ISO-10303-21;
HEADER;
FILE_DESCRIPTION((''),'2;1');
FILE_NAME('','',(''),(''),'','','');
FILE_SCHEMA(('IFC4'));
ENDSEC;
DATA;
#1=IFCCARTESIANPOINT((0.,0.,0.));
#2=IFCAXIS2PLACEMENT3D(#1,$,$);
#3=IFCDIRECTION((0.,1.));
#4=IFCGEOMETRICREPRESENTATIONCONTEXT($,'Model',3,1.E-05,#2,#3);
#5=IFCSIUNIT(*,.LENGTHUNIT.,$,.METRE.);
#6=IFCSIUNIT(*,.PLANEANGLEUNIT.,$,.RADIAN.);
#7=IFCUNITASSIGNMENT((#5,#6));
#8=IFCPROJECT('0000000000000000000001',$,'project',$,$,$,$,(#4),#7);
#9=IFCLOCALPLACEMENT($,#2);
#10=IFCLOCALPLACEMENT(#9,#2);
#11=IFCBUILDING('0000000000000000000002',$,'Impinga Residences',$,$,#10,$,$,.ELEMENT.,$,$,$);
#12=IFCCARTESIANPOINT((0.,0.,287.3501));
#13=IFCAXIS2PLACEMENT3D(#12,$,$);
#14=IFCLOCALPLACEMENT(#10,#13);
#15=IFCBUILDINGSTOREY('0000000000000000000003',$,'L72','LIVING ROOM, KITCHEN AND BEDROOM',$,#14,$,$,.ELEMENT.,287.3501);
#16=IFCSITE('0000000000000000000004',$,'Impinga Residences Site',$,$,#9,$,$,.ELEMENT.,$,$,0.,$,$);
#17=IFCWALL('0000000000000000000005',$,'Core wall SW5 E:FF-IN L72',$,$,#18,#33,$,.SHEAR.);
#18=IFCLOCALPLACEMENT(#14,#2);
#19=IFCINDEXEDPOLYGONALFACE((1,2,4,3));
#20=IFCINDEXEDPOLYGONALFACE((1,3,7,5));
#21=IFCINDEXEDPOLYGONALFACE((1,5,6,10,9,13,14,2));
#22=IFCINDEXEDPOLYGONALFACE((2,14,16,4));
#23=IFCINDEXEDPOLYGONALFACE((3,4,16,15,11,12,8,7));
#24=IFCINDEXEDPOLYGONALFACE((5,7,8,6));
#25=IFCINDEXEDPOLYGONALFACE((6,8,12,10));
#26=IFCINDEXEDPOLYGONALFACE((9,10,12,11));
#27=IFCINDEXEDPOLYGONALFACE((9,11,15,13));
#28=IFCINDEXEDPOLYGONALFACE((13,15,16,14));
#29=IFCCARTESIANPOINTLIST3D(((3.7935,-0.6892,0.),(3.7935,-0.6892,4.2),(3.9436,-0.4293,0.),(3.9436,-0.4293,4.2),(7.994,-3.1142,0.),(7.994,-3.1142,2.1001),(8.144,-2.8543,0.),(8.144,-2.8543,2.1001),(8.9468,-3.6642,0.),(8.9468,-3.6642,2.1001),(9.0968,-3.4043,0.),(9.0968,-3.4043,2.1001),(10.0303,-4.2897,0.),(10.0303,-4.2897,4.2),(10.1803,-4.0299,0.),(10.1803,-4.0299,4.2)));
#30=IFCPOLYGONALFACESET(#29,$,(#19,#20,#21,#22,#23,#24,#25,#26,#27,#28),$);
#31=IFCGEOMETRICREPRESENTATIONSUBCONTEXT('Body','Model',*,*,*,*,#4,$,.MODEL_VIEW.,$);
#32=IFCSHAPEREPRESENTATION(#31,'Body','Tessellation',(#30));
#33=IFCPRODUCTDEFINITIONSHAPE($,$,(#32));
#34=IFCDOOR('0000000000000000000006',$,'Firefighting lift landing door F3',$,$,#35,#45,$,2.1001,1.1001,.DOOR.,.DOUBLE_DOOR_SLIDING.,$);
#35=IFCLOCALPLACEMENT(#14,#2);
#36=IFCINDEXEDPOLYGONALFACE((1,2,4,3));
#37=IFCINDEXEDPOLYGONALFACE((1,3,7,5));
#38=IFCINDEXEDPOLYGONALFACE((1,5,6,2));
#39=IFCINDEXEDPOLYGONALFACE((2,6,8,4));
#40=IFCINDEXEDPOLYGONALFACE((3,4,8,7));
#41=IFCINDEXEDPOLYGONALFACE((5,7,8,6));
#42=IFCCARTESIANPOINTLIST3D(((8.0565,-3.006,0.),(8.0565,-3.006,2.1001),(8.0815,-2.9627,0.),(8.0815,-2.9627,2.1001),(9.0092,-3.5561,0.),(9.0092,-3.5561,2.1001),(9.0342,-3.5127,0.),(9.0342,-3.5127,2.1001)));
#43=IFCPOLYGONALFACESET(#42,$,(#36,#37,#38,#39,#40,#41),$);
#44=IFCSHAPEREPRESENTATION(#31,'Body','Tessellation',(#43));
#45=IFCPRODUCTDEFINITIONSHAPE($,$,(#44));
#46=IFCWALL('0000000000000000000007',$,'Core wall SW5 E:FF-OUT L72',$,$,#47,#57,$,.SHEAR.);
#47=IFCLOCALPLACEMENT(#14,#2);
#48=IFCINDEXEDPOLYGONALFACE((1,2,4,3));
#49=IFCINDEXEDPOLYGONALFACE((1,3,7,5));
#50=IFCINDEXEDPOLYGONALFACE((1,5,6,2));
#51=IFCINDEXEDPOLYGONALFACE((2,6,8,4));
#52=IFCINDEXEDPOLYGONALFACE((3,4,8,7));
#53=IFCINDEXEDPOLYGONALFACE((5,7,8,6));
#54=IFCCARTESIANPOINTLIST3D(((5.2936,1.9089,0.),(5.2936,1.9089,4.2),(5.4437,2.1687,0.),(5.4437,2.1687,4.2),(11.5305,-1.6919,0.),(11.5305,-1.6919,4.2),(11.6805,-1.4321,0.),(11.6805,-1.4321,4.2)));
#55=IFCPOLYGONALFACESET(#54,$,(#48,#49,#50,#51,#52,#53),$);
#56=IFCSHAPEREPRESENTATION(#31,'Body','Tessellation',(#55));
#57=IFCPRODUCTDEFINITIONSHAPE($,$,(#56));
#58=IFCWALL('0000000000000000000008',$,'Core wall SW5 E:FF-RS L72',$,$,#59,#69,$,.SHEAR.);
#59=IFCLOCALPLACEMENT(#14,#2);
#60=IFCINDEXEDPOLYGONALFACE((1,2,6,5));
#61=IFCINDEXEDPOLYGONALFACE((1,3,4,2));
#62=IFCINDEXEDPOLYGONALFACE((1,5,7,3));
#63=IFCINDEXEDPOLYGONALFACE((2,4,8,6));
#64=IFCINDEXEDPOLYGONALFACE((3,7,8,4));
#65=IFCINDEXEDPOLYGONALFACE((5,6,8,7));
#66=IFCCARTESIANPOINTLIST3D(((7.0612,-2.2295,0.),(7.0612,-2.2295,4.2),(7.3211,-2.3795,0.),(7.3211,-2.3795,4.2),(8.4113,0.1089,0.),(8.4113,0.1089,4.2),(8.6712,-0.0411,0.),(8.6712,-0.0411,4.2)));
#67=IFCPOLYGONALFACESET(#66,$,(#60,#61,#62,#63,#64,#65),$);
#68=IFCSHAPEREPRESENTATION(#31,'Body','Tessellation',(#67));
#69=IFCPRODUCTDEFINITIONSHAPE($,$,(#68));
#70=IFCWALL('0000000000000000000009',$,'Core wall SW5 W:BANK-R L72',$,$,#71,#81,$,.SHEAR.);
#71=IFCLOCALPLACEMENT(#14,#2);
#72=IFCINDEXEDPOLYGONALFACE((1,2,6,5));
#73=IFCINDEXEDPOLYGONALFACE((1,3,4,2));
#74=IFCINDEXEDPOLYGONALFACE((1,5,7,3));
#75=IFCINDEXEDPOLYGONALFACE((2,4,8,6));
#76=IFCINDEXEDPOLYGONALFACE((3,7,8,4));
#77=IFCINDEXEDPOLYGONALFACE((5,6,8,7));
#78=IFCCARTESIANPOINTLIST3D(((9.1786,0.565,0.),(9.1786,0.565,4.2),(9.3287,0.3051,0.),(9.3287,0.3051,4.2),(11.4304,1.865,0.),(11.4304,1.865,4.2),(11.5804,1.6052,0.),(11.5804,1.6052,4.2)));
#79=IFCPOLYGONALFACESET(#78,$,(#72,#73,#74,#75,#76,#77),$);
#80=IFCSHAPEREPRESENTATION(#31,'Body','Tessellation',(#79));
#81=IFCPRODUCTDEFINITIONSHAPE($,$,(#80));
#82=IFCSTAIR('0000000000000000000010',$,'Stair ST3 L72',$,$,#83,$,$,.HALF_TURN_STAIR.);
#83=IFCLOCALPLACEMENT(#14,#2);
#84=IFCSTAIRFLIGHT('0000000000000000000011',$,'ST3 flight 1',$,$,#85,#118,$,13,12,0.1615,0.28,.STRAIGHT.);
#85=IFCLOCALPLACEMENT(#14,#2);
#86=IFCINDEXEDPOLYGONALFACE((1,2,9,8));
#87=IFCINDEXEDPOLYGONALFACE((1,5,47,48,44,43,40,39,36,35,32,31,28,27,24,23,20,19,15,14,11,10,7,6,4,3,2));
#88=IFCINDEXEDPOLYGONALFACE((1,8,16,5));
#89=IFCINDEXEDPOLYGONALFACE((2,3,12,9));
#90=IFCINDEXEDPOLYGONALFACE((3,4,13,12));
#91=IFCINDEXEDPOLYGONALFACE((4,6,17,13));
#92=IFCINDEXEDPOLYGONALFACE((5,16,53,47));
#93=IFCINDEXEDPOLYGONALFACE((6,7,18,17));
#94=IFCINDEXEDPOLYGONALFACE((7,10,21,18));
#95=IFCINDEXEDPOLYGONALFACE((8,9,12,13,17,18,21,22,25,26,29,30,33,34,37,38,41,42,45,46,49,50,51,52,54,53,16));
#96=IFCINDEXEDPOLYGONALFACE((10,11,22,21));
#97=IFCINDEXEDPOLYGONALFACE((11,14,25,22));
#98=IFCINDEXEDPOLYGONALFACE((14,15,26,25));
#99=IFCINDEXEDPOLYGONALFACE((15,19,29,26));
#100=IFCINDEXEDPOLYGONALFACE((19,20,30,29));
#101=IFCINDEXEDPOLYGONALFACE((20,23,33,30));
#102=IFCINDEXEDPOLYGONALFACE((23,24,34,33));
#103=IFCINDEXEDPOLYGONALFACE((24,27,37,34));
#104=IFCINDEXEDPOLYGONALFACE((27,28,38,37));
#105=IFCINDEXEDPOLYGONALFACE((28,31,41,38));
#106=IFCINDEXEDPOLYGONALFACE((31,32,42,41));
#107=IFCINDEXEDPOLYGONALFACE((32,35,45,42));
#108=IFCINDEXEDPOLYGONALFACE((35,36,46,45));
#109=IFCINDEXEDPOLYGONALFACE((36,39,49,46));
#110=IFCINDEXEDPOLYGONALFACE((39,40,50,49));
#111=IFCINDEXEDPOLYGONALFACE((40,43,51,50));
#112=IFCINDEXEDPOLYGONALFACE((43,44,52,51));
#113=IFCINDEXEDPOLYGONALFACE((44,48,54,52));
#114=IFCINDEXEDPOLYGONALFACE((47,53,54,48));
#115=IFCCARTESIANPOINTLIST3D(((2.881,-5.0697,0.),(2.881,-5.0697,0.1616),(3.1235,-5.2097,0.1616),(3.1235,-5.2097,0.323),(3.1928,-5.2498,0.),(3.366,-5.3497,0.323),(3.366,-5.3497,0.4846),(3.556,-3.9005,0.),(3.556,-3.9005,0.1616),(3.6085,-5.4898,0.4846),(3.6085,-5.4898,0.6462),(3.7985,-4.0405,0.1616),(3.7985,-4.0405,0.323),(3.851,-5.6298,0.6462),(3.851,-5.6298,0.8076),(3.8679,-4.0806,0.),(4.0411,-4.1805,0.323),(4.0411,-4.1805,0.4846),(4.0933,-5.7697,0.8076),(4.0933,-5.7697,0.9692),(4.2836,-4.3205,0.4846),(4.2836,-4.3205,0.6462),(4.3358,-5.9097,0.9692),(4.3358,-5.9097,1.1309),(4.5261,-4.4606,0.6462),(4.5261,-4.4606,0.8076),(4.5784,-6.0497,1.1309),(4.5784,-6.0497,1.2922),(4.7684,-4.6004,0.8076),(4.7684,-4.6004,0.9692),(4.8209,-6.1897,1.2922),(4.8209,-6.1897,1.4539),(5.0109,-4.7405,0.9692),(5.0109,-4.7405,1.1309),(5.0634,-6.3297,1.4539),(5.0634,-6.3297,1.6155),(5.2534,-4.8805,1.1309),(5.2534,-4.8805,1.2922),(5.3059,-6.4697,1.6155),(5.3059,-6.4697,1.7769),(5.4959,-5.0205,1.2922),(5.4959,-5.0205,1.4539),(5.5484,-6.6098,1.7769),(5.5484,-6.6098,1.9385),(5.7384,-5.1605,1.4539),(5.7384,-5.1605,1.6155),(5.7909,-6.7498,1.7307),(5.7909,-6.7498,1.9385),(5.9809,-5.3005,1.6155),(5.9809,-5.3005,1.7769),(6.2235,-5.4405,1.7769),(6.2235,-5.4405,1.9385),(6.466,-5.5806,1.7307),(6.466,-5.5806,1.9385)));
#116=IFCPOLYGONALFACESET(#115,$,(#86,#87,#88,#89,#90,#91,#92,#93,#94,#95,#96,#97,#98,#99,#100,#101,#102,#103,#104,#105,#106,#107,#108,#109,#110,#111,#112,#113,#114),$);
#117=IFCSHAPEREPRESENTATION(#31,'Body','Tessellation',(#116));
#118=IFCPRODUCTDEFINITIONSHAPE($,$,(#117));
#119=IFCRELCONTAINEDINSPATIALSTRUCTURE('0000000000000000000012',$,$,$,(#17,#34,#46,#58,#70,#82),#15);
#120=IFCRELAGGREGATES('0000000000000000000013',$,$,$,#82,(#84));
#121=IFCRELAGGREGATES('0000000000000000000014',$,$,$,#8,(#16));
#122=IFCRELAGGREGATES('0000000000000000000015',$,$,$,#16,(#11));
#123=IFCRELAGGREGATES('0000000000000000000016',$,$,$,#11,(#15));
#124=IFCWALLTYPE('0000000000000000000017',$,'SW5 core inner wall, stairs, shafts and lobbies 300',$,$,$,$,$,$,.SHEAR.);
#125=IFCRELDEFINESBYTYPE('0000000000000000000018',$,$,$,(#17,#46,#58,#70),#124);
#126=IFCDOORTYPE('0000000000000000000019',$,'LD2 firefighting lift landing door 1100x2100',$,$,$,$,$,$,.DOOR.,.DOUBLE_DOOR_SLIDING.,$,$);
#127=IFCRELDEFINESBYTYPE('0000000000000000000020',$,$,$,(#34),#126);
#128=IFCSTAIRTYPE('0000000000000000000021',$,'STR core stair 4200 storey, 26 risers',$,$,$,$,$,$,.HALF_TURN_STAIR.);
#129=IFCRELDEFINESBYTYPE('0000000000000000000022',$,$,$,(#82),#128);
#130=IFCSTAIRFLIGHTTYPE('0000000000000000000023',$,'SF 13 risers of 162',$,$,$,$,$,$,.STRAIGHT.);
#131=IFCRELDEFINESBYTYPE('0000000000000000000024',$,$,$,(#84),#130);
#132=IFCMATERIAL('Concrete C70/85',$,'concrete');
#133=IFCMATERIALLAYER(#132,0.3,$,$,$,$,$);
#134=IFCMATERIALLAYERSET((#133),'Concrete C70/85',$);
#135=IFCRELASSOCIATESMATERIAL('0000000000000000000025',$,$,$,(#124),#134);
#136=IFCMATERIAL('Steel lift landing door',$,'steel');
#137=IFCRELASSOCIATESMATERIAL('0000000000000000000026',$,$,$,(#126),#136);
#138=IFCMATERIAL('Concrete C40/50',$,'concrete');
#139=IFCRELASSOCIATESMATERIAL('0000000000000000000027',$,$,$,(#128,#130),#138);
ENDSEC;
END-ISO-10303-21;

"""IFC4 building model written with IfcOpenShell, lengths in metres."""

from ifc_helpers import new_model, si_unit, direction, frame, frame_2d, origin, place, context, subcontext, project, spatial, polyline, rectangle, outline, extrude, material, layer, layer_set, type_object, element, fill, aggregate, save


model = new_model("IFC4")

# Units and contexts
model_context = context("Model", 3, precision=1e-05, world=origin(), true_north=direction((0.0, 1.0)))
body_context = subcontext(model_context, "Body", "Model", "MODEL_VIEW")
ifc_project = project(units=[si_unit("LENGTHUNIT", "METRE"), si_unit("PLANEANGLEUNIT", "RADIAN")], contexts=[model_context])

# Site, building, storey
site_placement = place(None, origin())
site = spatial("IfcSite", under=ifc_project, at=site_placement, Name="Impinga Residences Site", CompositionType="ELEMENT", RefElevation=0.0)
building_placement = place(site_placement, origin())
building = spatial("IfcBuilding", under=site, at=building_placement, Name="Impinga Residences", CompositionType="ELEMENT")
storey_placement = place(building_placement, frame((0.0, 0.0, 287.3501)))
storey = spatial("IfcBuildingStorey", under=building, at=storey_placement, Name="L72", Description="LIVING ROOM, KITCHEN AND BEDROOM", CompositionType="ELEMENT", Elevation=287.3501)

# Shared definitions
ifc_material_1 = material(Name="Concrete C70/85", Category="concrete")
ifc_layer_1 = layer(ifc_material_1, 0.3)
ifc_layer_set_1 = layer_set([ifc_layer_1], Name="Concrete C70/85")
wall_type_1 = type_object("IfcWallType", Name="SW5 core inner wall, stairs, shafts and lobbies 300", PredefinedType="SHEAR", material=ifc_layer_set_1)

# Wall, opening, door
wall_1_placement = place(storey_placement, frame((3.8687, -0.5593, 0.0), z_axis=(0.0, 0.0, 1.0), x_axis=(0.86604, -0.499975, 0.0)))
wall_1 = element("IfcWall", 1, at=wall_1_placement, inside=storey, type_object=wall_type_1, Name="Core wall SW5 E:FF-IN L72", PredefinedType="SHEAR", context=body_context, shape_type="SweptSolid", body=[
    extrude(rectangle(XDim=7.2014, YDim=0.3, at=frame_2d((3.6006, 0.0))), origin(), (0.0, 0.0, 1.0), 4.2),
])
opening_1_placement = place(wall_1_placement, frame((4.8501, 0.0, 0.0)))
opening_1 = element("IfcOpeningElement", 2, at=opening_1_placement, cuts=wall_1, PredefinedType="OPENING", context=body_context, shape_type="SweptSolid", body=[
    extrude(rectangle(XDim=1.1001, YDim=2.1001, at=frame_2d((0.55, 1.05))), frame((0.0, 0.1599, 0.0), z_axis=(0.0, -1.0, 0.0), x_axis=(1.0, 0.0, 0.0)), (0.0, 0.0, 1.0), 0.3201),
])
ifc_material_2 = material(Name="Steel lift landing door", Category="steel")
door_type_1 = type_object("IfcDoorType", Name="LD2 firefighting lift landing door 1100x2100", OperationType="DOUBLE_DOOR_SLIDING", PredefinedType="DOOR", material=ifc_material_2)
door_1_placement = place(opening_1_placement, origin())
door_1 = element("IfcDoor", 3, at=door_1_placement, inside=storey, type_object=door_type_1, Name="Firefighting lift landing door F3", OperationType="DOUBLE_DOOR_SLIDING", OverallHeight=2.1001, OverallWidth=1.1001, PredefinedType="DOOR", context=body_context, shape_type="SweptSolid", body=[
    extrude(rectangle(XDim=1.1001, YDim=2.1001, at=frame_2d((0.55, 1.05))), frame((0.0, 0.0249, 0.0), z_axis=(0.0, -1.0, 0.0), x_axis=(1.0, 0.0, 0.0)), (0.0, 0.0, 1.0), 0.05),
])
fill(opening_1, door_1)

# Walls
wall_2_placement = place(storey_placement, frame((5.3687, 2.0388, 0.0), z_axis=(0.0, 0.0, 1.0), x_axis=(0.866025, -0.5, 0.0)))
element("IfcWall", 4, at=wall_2_placement, inside=storey, type_object=wall_type_1, Name="Core wall SW5 E:FF-OUT L72", PredefinedType="SHEAR", context=body_context, shape_type="SweptSolid", body=[
    extrude(rectangle(XDim=7.2017, YDim=0.3, at=frame_2d((3.6008, 0.0))), origin(), (0.0, 0.0, 1.0), 4.2),
])
wall_3_placement = place(storey_placement, frame((8.5413, 0.0339, 0.0), z_axis=(0.0, 0.0, 1.0), x_axis=(-0.500009, -0.86602, 0.0)))
element("IfcWall", 5, at=wall_3_placement, inside=storey, type_object=wall_type_1, Name="Core wall SW5 E:FF-RS L72", PredefinedType="SHEAR", context=body_context, shape_type="SweptSolid", body=[
    extrude(rectangle(XDim=2.7002, YDim=0.3, at=frame_2d((1.3501, 0.0))), origin(), (0.0, 0.0, 1.0), 4.2),
])
wall_4_placement = place(storey_placement, frame((9.2537, 0.4351, 0.0), z_axis=(0.0, 0.0, 1.0), x_axis=(0.866021, 0.500007, 0.0)))
element("IfcWall", 6, at=wall_4_placement, inside=storey, type_object=wall_type_1, Name="Core wall SW5 W:BANK-R L72", PredefinedType="SHEAR", context=body_context, shape_type="SweptSolid", body=[
    extrude(rectangle(XDim=2.6001, YDim=0.3, at=frame_2d((1.3, 0.0))), origin(), (0.0, 0.0, 1.0), 4.2),
])

# Stair, stair flight
ifc_material_3 = material(Name="Concrete C40/50", Category="concrete")
stair_type = type_object("IfcStairType", Name="STR core stair 4200 storey, 26 risers", PredefinedType="HALF_TURN_STAIR", material=ifc_material_3)
stair_placement = place(storey_placement, origin())
stair = element("IfcStair", 7, at=stair_placement, inside=storey, type_object=stair_type, Name="Stair ST3 L72", PredefinedType="HALF_TURN_STAIR")
stair_flight_type = type_object("IfcStairFlightType", Name="SF 13 risers of 162", PredefinedType="STRAIGHT", material=ifc_material_3)
stair_flight_placement = place(storey_placement, frame((3.2185, -4.4851, 0.0), z_axis=(0.0, 0.0, 1.0), x_axis=(0.866025, -0.5, 0.0)))
stair_flight = element("IfcStairFlight", 8, at=stair_flight_placement, type_object=stair_flight_type, Name="ST3 flight 1", NumberOfRisers=13, NumberOfTreads=12, PredefinedType="STRAIGHT", RiserHeight=0.1615, TreadLength=0.28, context=body_context, shape_type="SweptSolid", body=[
    extrude(outline(polyline([(0.0, 0.0), (0.0, 0.1616), (0.28, 0.1616), (0.28, 0.323), (0.5601, 0.323), (0.5601, 0.4846), (0.8401, 0.4846), (0.8401, 0.6462), (1.1201, 0.6462), (1.1201, 0.8076), (1.3999, 0.8076), (1.3999, 0.9692), (1.6799, 0.9692), (1.6799, 1.1309), (1.96, 1.1309), (1.96, 1.2922), (2.24, 1.2922), (2.24, 1.4539), (2.52, 1.4539), (2.52, 1.6155), (2.8, 1.6155), (2.8, 1.7769), (3.0801, 1.7769), (3.0801, 1.9385), (3.3601, 1.9385), (3.3601, 2.1001), (3.3601, 1.7307), (0.3601, 0.0), (0.0, 0.0)])), frame((0.0, 0.675, 0.0), z_axis=(0.0, -1.0, 0.0), x_axis=(1.0, 0.0, 0.0)), (0.0, 0.0, 1.0), 1.3501),
])
aggregate(stair, [stair_flight])

save(model, "model.ifc")
